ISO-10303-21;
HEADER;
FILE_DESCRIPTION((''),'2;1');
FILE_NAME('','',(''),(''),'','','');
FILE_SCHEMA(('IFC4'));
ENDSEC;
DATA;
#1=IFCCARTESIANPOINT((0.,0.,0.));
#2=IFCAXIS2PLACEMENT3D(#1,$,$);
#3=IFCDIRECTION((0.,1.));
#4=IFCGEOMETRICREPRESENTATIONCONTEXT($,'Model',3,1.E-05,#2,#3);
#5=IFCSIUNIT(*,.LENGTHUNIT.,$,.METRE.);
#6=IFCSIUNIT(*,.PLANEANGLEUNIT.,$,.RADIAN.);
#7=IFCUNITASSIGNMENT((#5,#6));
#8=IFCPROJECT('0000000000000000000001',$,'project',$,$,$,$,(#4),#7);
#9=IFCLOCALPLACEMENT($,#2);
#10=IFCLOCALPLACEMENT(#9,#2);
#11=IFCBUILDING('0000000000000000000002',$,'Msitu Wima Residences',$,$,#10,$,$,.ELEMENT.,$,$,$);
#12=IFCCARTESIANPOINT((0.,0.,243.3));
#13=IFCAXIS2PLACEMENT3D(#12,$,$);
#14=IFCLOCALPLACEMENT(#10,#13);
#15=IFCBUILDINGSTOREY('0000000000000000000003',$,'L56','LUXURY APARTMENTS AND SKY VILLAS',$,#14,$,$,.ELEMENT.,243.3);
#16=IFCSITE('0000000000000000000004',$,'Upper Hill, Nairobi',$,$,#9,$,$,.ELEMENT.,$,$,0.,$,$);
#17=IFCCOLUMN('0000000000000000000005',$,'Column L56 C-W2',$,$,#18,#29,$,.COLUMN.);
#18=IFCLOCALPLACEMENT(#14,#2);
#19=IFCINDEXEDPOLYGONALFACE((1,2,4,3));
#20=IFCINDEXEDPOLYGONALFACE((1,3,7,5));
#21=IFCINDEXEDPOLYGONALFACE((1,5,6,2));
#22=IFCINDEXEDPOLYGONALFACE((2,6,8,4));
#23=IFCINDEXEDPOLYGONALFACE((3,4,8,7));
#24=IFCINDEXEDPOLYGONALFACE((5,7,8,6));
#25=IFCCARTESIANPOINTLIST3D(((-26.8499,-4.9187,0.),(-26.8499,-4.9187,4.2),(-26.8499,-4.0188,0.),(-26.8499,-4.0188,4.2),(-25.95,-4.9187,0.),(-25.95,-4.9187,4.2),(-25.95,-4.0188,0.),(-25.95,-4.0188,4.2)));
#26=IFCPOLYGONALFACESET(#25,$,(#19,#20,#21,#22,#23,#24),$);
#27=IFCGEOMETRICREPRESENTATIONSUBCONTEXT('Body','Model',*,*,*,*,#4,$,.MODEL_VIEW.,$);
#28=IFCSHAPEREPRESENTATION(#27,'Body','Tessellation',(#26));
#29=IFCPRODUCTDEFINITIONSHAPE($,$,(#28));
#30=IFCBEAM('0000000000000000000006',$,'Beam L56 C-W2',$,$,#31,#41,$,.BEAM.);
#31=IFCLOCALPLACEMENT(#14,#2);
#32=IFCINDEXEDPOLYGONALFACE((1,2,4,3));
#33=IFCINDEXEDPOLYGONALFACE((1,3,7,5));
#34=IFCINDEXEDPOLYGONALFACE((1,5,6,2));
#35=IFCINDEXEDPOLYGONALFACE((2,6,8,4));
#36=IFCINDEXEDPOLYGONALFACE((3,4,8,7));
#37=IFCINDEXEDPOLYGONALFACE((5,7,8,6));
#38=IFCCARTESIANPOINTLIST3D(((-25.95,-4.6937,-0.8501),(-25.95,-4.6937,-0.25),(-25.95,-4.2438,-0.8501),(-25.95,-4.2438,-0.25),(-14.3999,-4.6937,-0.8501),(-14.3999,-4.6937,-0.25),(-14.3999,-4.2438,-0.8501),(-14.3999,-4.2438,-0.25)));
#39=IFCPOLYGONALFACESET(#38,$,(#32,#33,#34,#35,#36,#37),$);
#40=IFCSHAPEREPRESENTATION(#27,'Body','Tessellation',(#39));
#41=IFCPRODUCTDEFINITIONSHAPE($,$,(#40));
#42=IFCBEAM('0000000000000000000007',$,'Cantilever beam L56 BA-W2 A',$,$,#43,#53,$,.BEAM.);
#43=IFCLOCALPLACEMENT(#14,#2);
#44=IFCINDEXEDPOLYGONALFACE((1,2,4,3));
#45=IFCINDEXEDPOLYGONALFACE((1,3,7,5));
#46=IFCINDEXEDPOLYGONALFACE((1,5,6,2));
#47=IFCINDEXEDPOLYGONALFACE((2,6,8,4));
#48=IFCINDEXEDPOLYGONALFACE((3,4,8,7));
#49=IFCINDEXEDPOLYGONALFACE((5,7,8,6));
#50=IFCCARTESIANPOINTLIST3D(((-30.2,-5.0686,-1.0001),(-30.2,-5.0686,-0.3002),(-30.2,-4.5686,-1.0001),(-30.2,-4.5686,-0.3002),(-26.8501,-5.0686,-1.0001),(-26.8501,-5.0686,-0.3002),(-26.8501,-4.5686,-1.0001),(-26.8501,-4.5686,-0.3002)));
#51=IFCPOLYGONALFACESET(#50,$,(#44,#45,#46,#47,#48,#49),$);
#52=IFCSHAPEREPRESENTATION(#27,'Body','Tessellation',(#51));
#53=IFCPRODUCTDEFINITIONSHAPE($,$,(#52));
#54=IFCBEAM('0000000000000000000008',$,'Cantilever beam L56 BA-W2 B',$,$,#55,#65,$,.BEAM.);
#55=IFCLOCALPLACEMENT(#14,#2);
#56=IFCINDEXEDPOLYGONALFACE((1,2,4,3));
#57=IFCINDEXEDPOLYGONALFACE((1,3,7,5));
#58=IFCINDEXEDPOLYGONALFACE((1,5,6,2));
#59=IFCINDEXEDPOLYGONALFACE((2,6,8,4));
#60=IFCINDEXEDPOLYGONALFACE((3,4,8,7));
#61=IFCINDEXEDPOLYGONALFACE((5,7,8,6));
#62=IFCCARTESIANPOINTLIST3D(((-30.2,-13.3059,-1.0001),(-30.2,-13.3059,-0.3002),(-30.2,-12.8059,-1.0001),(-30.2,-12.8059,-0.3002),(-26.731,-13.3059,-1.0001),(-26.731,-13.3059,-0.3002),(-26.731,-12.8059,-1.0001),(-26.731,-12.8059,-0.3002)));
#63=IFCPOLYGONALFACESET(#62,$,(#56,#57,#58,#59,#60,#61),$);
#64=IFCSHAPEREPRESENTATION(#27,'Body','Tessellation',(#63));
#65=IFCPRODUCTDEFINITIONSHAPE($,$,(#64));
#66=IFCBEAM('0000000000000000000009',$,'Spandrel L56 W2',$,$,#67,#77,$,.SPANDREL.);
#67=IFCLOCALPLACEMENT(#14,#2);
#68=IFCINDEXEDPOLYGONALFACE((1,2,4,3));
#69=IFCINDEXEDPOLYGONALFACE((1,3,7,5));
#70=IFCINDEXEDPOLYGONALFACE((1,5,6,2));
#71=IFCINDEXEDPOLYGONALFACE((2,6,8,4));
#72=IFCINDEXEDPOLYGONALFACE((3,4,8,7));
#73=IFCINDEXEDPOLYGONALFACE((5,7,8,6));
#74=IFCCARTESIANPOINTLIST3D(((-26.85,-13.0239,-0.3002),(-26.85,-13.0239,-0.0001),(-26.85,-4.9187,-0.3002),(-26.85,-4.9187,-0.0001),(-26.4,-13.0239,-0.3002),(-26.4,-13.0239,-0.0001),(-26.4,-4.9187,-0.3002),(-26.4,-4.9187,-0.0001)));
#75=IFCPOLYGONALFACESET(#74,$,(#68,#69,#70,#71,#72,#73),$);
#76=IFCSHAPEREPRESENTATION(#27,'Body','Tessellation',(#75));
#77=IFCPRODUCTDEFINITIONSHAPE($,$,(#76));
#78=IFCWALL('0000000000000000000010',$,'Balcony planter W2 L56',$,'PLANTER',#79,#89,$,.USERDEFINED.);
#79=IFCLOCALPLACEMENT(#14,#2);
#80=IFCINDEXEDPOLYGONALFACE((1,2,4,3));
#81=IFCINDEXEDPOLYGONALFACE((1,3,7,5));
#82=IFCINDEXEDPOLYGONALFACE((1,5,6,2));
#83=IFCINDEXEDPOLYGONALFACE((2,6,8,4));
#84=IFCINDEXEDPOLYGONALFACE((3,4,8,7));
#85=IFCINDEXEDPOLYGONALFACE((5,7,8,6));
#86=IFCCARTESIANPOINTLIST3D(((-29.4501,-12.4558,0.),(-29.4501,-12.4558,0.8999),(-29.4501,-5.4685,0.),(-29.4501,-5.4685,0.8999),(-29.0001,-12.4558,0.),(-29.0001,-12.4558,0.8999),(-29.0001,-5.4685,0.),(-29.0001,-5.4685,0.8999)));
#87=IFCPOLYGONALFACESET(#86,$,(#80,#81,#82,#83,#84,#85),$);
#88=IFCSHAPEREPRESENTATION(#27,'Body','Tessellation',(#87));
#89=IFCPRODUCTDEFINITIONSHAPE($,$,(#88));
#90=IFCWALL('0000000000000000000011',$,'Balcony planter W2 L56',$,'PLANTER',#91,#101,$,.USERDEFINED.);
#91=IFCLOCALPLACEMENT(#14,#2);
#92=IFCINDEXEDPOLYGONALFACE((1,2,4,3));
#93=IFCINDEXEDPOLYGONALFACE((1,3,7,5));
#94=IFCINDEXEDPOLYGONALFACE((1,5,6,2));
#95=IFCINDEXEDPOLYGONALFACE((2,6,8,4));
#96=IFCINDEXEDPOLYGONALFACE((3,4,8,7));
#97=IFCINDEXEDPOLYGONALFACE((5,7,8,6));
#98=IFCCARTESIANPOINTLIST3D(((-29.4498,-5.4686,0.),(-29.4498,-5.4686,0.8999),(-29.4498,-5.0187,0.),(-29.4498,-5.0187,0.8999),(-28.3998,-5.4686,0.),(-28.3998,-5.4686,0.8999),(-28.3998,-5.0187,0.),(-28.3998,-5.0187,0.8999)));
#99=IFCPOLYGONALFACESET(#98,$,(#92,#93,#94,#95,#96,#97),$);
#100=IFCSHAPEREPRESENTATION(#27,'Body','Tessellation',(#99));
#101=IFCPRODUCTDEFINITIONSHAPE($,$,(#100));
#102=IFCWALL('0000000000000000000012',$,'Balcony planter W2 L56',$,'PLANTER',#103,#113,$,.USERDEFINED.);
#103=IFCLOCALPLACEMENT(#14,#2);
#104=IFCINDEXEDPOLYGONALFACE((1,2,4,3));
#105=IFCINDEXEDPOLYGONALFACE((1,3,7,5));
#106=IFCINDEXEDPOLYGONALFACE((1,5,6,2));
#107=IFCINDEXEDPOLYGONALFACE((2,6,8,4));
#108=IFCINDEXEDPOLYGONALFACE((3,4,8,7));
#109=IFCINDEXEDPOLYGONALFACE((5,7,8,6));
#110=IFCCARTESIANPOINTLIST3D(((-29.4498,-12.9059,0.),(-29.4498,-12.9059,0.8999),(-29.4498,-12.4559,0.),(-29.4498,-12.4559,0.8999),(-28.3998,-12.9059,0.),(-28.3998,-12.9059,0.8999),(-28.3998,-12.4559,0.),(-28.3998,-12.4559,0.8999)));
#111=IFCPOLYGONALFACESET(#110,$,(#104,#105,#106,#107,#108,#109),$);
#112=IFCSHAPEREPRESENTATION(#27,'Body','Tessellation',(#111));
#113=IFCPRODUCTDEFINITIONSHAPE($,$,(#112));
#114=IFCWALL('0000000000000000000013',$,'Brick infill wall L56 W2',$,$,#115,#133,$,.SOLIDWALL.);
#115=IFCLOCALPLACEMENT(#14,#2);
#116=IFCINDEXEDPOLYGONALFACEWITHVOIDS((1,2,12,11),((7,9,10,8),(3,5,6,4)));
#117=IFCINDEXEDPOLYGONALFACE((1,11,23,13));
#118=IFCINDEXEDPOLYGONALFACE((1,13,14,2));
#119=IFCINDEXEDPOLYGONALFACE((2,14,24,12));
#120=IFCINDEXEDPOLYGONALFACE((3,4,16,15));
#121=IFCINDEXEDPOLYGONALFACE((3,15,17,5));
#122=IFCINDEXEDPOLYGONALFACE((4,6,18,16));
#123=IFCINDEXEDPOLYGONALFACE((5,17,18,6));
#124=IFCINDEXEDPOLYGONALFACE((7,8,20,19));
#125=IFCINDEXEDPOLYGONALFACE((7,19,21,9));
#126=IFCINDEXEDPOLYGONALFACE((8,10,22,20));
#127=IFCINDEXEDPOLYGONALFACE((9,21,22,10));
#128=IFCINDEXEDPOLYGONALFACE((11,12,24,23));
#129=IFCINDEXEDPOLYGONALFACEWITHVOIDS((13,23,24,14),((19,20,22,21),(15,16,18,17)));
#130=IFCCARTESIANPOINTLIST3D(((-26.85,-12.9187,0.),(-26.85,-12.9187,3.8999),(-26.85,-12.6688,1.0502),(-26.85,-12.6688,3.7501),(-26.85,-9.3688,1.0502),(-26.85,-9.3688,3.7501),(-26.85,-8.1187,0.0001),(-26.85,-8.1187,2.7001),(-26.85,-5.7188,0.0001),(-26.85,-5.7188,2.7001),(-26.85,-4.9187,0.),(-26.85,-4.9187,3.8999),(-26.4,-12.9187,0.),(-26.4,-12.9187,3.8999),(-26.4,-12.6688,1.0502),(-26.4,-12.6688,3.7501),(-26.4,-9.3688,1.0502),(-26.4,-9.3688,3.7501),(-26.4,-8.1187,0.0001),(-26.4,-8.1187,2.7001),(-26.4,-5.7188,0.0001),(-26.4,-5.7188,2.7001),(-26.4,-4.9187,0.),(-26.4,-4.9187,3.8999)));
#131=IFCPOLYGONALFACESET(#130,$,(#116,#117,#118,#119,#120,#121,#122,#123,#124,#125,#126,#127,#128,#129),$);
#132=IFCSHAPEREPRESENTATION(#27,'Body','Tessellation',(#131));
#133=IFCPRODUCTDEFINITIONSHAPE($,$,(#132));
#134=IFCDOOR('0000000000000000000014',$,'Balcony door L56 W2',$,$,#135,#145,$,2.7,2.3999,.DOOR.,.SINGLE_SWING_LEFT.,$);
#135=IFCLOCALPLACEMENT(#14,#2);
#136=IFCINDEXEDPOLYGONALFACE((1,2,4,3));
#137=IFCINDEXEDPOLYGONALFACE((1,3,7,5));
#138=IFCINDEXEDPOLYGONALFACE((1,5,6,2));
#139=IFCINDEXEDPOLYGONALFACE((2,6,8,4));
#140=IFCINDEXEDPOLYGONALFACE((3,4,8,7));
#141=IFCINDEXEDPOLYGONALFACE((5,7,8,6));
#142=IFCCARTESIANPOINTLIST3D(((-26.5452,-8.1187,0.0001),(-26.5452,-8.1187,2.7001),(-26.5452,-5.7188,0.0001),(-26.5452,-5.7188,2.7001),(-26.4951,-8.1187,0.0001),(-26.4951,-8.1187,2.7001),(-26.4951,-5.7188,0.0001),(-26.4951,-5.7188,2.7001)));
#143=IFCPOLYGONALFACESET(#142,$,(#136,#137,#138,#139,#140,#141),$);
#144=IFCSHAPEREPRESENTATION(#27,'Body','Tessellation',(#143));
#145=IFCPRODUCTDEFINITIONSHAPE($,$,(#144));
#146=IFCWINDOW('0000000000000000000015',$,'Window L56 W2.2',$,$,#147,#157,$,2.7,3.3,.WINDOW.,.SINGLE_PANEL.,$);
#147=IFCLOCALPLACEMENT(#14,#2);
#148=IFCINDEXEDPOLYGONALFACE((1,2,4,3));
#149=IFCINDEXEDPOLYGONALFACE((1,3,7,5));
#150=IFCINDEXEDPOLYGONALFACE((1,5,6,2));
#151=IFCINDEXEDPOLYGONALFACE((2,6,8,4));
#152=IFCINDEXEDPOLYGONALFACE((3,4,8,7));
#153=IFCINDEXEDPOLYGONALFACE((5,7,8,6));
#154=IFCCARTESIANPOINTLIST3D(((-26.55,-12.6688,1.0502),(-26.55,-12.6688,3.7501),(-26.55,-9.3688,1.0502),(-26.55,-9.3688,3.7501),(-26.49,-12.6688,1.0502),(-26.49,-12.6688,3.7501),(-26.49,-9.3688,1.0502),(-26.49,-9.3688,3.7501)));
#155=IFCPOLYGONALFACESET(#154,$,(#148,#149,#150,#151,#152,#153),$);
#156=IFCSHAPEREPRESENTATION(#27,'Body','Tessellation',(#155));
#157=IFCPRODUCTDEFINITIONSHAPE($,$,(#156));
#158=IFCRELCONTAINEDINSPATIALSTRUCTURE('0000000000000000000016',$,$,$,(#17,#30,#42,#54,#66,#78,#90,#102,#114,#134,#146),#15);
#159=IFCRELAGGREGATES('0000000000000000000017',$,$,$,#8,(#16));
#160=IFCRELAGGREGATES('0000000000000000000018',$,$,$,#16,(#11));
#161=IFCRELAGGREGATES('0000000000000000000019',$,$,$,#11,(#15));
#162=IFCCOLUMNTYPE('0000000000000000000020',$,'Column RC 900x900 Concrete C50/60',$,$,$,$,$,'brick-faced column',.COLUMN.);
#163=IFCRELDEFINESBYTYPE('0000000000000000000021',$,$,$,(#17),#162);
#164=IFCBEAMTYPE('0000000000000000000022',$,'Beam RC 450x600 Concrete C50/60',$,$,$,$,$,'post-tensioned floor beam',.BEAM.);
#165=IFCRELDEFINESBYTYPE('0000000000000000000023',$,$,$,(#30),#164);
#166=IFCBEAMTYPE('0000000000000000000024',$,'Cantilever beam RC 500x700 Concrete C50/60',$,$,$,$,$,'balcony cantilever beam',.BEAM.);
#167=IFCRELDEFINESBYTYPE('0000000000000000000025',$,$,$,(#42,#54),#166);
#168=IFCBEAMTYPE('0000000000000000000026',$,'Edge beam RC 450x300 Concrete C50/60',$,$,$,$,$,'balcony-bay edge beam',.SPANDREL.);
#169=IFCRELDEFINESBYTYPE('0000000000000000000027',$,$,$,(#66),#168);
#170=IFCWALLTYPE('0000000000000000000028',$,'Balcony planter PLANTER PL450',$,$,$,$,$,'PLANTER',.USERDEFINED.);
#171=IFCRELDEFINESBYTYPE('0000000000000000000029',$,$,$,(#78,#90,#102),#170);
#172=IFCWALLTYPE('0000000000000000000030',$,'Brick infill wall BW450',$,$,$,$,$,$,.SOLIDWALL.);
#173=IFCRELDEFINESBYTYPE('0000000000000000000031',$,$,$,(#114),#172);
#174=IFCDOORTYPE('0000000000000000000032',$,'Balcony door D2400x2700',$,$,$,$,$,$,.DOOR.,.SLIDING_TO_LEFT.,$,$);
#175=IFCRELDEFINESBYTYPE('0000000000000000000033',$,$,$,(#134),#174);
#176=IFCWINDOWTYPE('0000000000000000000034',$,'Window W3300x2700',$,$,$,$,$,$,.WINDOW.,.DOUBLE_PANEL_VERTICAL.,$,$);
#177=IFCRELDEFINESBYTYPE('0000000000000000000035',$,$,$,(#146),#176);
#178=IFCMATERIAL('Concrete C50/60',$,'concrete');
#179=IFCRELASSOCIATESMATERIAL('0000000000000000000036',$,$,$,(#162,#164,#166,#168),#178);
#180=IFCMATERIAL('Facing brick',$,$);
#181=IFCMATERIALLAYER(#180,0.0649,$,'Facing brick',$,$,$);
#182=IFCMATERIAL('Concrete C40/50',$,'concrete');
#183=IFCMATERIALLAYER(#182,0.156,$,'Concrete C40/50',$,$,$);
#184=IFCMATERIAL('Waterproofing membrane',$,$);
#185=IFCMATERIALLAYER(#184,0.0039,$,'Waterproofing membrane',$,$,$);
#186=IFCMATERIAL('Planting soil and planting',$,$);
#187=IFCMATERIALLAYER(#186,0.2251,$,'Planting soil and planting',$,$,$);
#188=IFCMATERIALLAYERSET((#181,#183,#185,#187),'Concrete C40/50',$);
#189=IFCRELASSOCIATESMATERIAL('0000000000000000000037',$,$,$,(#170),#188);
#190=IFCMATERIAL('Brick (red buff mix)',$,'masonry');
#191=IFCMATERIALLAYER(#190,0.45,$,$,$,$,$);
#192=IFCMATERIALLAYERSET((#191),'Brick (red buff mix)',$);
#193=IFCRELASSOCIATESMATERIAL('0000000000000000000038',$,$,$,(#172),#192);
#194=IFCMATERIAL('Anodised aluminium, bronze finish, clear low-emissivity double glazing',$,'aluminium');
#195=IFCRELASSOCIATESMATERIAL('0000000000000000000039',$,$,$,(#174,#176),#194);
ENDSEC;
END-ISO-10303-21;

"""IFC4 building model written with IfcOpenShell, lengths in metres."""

from ifc_helpers import new_model, si_unit, direction, frame, frame_2d, origin, origin_2d, place, context, subcontext, project, spatial, rectangle, extrude, material, layer, layer_set, material_profile, profile_set, type_object, element, fill, save


model = new_model("IFC4")

# Units and contexts
model_context = context("Model", 3, precision=1e-05, world=origin(), true_north=direction((0.0, 1.0)))
body_context = subcontext(model_context, "Body", "Model", "MODEL_VIEW")
ifc_project = project(units=[si_unit("LENGTHUNIT", "METRE"), si_unit("PLANEANGLEUNIT", "RADIAN")], contexts=[model_context])

# Site, building, storey
site_placement = place(None, origin())
site = spatial("IfcSite", under=ifc_project, at=site_placement, Name="Upper Hill, Nairobi", CompositionType="ELEMENT", RefElevation=0.0)
building_placement = place(site_placement, origin())
building = spatial("IfcBuilding", under=site, at=building_placement, Name="Msitu Wima Residences", CompositionType="ELEMENT")
storey_placement = place(building_placement, frame((0.0, 0.0, 243.3)))
storey = spatial("IfcBuildingStorey", under=building, at=storey_placement, Name="L56", Description="LUXURY APARTMENTS AND SKY VILLAS", CompositionType="ELEMENT", Elevation=243.3)

# Column
ifc_material_1 = material(Name="Concrete C50/60", Category="concrete")
ifc_material_profile_1 = material_profile(ifc_material_1, rectangle(XDim=0.8999, YDim=0.8999, at=origin_2d()), Name="RC 900x900")
ifc_profile_set_1 = profile_set([ifc_material_profile_1], Name="Concrete C50/60")
column_type = type_object("IfcColumnType", Name="Column RC 900x900 Concrete C50/60", ElementType="brick-faced column", PredefinedType="COLUMN", material=ifc_profile_set_1)
column_placement = place(storey_placement, frame((-26.3999, -4.4688, 0.0), z_axis=(0.0, 0.0, 1.0), x_axis=(0.0, -1.0, 0.0)))
element("IfcColumn", 1, at=column_placement, inside=storey, type_object=column_type, Name="Column L56 C-W2", PredefinedType="COLUMN", context=body_context, shape_type="SweptSolid", body=[
    extrude(rectangle(XDim=0.8999, YDim=0.8999, at=origin_2d()), origin(), (0.0, 0.0, 1.0), 4.2),
])

# Beams
ifc_material_profile_2 = material_profile(ifc_material_1, rectangle(XDim=0.45, YDim=0.6001, at=origin_2d()), Name="RC 450x600")
ifc_profile_set_2 = profile_set([ifc_material_profile_2], Name="Concrete C50/60")
beam_type_1 = type_object("IfcBeamType", Name="Beam RC 450x600 Concrete C50/60", ElementType="post-tensioned floor beam", PredefinedType="BEAM", material=ifc_profile_set_2)
beam_1_placement = place(storey_placement, frame((-25.95, -4.4688, -0.55), z_axis=(1.0, 0.0, 0.0), x_axis=(0.0, 1.0, 0.0)))
element("IfcBeam", 2, at=beam_1_placement, inside=storey, type_object=beam_type_1, Name="Beam L56 C-W2", PredefinedType="BEAM", context=body_context, shape_type="SweptSolid", body=[
    extrude(rectangle(XDim=0.45, YDim=0.6001, at=origin_2d()), origin(), (0.0, 0.0, 1.0), 11.55),
])
ifc_material_profile_3 = material_profile(ifc_material_1, rectangle(XDim=0.5, YDim=0.7, at=origin_2d()), Name="RC 500x700")
ifc_profile_set_3 = profile_set([ifc_material_profile_3], Name="Concrete C50/60")
beam_type_2 = type_object("IfcBeamType", Name="Cantilever beam RC 500x700 Concrete C50/60", ElementType="balcony cantilever beam", PredefinedType="BEAM", material=ifc_profile_set_3)
beam_2_placement = place(storey_placement, frame((-26.8501, -4.8186, -0.6501), z_axis=(-1.0, 0.0, 0.0), x_axis=(0.0, -1.0, 0.0)))
element("IfcBeam", 3, at=beam_2_placement, inside=storey, type_object=beam_type_2, Name="Cantilever beam L56 BA-W2 A", PredefinedType="BEAM", context=body_context, shape_type="SweptSolid", body=[
    extrude(rectangle(XDim=0.5, YDim=0.7, at=origin_2d()), origin(), (0.0, 0.0, 1.0), 3.3499),
])
beam_3_placement = place(storey_placement, frame((-26.731, -13.0559, -0.6501), z_axis=(-1.0, 0.0, 0.0), x_axis=(0.0, -1.0, 0.0)))
element("IfcBeam", 4, at=beam_3_placement, inside=storey, type_object=beam_type_2, Name="Cantilever beam L56 BA-W2 B", PredefinedType="BEAM", context=body_context, shape_type="SweptSolid", body=[
    extrude(rectangle(XDim=0.5, YDim=0.7, at=origin_2d()), origin(), (0.0, 0.0, 1.0), 3.469),
])
ifc_material_profile_4 = material_profile(ifc_material_1, rectangle(XDim=0.45, YDim=0.3, at=origin_2d()), Name="RC 450x300")
ifc_profile_set_4 = profile_set([ifc_material_profile_4], Name="Concrete C50/60")
beam_type_3 = type_object("IfcBeamType", Name="Edge beam RC 450x300 Concrete C50/60", ElementType="balcony-bay edge beam", PredefinedType="SPANDREL", material=ifc_profile_set_4)
beam_4_placement = place(storey_placement, frame((-26.625, -4.9187, -0.1501), z_axis=(0.0, -1.0, 0.0), x_axis=(1.0, 0.0, 0.0)))
element("IfcBeam", 5, at=beam_4_placement, inside=storey, type_object=beam_type_3, Name="Spandrel L56 W2", PredefinedType="SPANDREL", context=body_context, shape_type="SweptSolid", body=[
    extrude(rectangle(XDim=0.45, YDim=0.3, at=origin_2d()), origin(), (0.0, 0.0, 1.0), 8.1052),
])

# Walls
ifc_material_2 = material(Name="Facing brick")
ifc_layer_1 = layer(ifc_material_2, 0.0649, Name="Facing brick")
ifc_material_3 = material(Name="Concrete C40/50", Category="concrete")
ifc_layer_2 = layer(ifc_material_3, 0.156, Name="Concrete C40/50")
ifc_material_4 = material(Name="Waterproofing membrane")
ifc_layer_3 = layer(ifc_material_4, 0.0039, Name="Waterproofing membrane")
ifc_material_5 = material(Name="Planting soil and planting")
ifc_layer_4 = layer(ifc_material_5, 0.2251, Name="Planting soil and planting")
ifc_layer_set_1 = layer_set([ifc_layer_1, ifc_layer_2, ifc_layer_3, ifc_layer_4], Name="Concrete C40/50")
wall_type_1 = type_object("IfcWallType", Name="Balcony planter PLANTER PL450", ElementType="PLANTER", PredefinedType="USERDEFINED", material=ifc_layer_set_1)
wall_1_placement = place(storey_placement, frame((-29.2251, -5.4685, 0.0), z_axis=(0.0, 0.0, 1.0), x_axis=(0.0, -1.0, 0.0)))
element("IfcWall", 6, at=wall_1_placement, inside=storey, type_object=wall_type_1, Name="Balcony planter W2 L56", ObjectType="PLANTER", PredefinedType="USERDEFINED", context=body_context, shape_type="SweptSolid", body=[
    extrude(rectangle(XDim=6.9873, YDim=0.45, at=frame_2d((3.4937, 0.0))), origin(), (0.0, 0.0, 1.0), 0.8999),
])
for number, where, z_axis, x_axis, name in (
    (7, (-28.3999, -5.2437, 0.0), (0.0, 0.0, 1.0), (-1.0, 0.0, 0.0), "Balcony planter W2 L56"),
    (8, (-28.3999, -12.6809, 0.0), (0.0, 0.0, 1.0), (-1.0, 0.0, 0.0), "Balcony planter W2 L56"),
):
    element("IfcWall", number, at=place(storey_placement, frame(where, z_axis=z_axis, x_axis=x_axis)), inside=storey, type_object=wall_type_1, Name=name, ObjectType="PLANTER", PredefinedType="USERDEFINED", context=body_context, shape_type="SweptSolid", body=[
        extrude(rectangle(XDim=1.05, YDim=0.45, at=frame_2d((0.5249, 0.0))), origin(), (0.0, 0.0, 1.0), 0.8999),
    ])

# Wall, openings, door, window
ifc_material_6 = material(Name="Brick (red buff mix)", Category="masonry")
ifc_layer_5 = layer(ifc_material_6, 0.45)
ifc_layer_set_2 = layer_set([ifc_layer_5], Name="Brick (red buff mix)")
wall_type_2 = type_object("IfcWallType", Name="Brick infill wall BW450", PredefinedType="SOLIDWALL", material=ifc_layer_set_2)
wall_2_placement = place(storey_placement, frame((-26.625, -4.9187, 0.0), z_axis=(0.0, 0.0, 1.0), x_axis=(0.0, -1.0, 0.0)))
wall_2 = element("IfcWall", 9, at=wall_2_placement, inside=storey, type_object=wall_type_2, Name="Brick infill wall L56 W2", PredefinedType="SOLIDWALL", context=body_context, shape_type="SweptSolid", body=[
    extrude(rectangle(XDim=8.0, YDim=0.45, at=frame_2d((4.0, 0.0))), origin(), (0.0, 0.0, 1.0), 3.8999),
])
opening_1_placement = place(wall_2_placement, frame((0.8, 0.0, 0.0)))
opening_1 = element("IfcOpeningElement", 10, at=opening_1_placement, cuts=wall_2, PredefinedType="OPENING", context=body_context, shape_type="SweptSolid", body=[
    extrude(rectangle(XDim=2.3999, YDim=2.7, at=frame_2d((1.2, 1.3501))), frame((0.0, 0.2349, 0.0), z_axis=(0.0, -1.0, 0.0), x_axis=(1.0, 0.0, 0.0)), (0.0, 0.0, 1.0), 0.47),
])
opening_2_placement = place(wall_2_placement, frame((4.4502, 0.0, 1.05)))
opening_2 = element("IfcOpeningElement", 11, at=opening_2_placement, cuts=wall_2, PredefinedType="OPENING", context=body_context, shape_type="SweptSolid", body=[
    extrude(rectangle(XDim=3.3, YDim=2.7, at=frame_2d((1.6499, 1.3501))), frame((0.0, 0.2349, 0.0), z_axis=(0.0, -1.0, 0.0), x_axis=(1.0, 0.0, 0.0)), (0.0, 0.0, 1.0), 0.47),
])
ifc_material_7 = material(Name="Anodised aluminium, bronze finish, clear low-emissivity double glazing", Category="aluminium")
door_type_1 = type_object("IfcDoorType", Name="Balcony door D2400x2700", OperationType="SLIDING_TO_LEFT", PredefinedType="DOOR", material=ifc_material_7)
door_1_placement = place(opening_1_placement, origin())
door_1 = element("IfcDoor", 12, at=door_1_placement, inside=storey, type_object=door_type_1, Name="Balcony door L56 W2", OperationType="SINGLE_SWING_LEFT", OverallHeight=2.7, OverallWidth=2.3999, PredefinedType="DOOR", context=body_context, shape_type="SweptSolid", body=[
    extrude(rectangle(XDim=2.3999, YDim=2.7, at=frame_2d((1.2, 1.3501))), frame((0.0, 0.1299, 0.0), z_axis=(0.0, -1.0, 0.0), x_axis=(1.0, 0.0, 0.0)), (0.0, 0.0, 1.0), 0.05),
])
fill(opening_1, door_1)
window_type = type_object("IfcWindowType", Name="Window W3300x2700", PartitioningType="DOUBLE_PANEL_VERTICAL", PredefinedType="WINDOW", material=ifc_material_7)
window_placement = place(opening_2_placement, origin())
window = element("IfcWindow", 13, at=window_placement, inside=storey, type_object=window_type, Name="Window L56 W2.2", OverallHeight=2.7, OverallWidth=3.3, PartitioningType="SINGLE_PANEL", PredefinedType="WINDOW", context=body_context, shape_type="SweptSolid", body=[
    extrude(rectangle(XDim=3.3, YDim=2.7, at=frame_2d((1.6499, 1.3501))), frame((0.0, 0.135, 0.0), z_axis=(0.0, -1.0, 0.0), x_axis=(1.0, 0.0, 0.0)), (0.0, 0.0, 1.0), 0.0601),
])
fill(opening_2, window)

save(model, "model.ifc")
